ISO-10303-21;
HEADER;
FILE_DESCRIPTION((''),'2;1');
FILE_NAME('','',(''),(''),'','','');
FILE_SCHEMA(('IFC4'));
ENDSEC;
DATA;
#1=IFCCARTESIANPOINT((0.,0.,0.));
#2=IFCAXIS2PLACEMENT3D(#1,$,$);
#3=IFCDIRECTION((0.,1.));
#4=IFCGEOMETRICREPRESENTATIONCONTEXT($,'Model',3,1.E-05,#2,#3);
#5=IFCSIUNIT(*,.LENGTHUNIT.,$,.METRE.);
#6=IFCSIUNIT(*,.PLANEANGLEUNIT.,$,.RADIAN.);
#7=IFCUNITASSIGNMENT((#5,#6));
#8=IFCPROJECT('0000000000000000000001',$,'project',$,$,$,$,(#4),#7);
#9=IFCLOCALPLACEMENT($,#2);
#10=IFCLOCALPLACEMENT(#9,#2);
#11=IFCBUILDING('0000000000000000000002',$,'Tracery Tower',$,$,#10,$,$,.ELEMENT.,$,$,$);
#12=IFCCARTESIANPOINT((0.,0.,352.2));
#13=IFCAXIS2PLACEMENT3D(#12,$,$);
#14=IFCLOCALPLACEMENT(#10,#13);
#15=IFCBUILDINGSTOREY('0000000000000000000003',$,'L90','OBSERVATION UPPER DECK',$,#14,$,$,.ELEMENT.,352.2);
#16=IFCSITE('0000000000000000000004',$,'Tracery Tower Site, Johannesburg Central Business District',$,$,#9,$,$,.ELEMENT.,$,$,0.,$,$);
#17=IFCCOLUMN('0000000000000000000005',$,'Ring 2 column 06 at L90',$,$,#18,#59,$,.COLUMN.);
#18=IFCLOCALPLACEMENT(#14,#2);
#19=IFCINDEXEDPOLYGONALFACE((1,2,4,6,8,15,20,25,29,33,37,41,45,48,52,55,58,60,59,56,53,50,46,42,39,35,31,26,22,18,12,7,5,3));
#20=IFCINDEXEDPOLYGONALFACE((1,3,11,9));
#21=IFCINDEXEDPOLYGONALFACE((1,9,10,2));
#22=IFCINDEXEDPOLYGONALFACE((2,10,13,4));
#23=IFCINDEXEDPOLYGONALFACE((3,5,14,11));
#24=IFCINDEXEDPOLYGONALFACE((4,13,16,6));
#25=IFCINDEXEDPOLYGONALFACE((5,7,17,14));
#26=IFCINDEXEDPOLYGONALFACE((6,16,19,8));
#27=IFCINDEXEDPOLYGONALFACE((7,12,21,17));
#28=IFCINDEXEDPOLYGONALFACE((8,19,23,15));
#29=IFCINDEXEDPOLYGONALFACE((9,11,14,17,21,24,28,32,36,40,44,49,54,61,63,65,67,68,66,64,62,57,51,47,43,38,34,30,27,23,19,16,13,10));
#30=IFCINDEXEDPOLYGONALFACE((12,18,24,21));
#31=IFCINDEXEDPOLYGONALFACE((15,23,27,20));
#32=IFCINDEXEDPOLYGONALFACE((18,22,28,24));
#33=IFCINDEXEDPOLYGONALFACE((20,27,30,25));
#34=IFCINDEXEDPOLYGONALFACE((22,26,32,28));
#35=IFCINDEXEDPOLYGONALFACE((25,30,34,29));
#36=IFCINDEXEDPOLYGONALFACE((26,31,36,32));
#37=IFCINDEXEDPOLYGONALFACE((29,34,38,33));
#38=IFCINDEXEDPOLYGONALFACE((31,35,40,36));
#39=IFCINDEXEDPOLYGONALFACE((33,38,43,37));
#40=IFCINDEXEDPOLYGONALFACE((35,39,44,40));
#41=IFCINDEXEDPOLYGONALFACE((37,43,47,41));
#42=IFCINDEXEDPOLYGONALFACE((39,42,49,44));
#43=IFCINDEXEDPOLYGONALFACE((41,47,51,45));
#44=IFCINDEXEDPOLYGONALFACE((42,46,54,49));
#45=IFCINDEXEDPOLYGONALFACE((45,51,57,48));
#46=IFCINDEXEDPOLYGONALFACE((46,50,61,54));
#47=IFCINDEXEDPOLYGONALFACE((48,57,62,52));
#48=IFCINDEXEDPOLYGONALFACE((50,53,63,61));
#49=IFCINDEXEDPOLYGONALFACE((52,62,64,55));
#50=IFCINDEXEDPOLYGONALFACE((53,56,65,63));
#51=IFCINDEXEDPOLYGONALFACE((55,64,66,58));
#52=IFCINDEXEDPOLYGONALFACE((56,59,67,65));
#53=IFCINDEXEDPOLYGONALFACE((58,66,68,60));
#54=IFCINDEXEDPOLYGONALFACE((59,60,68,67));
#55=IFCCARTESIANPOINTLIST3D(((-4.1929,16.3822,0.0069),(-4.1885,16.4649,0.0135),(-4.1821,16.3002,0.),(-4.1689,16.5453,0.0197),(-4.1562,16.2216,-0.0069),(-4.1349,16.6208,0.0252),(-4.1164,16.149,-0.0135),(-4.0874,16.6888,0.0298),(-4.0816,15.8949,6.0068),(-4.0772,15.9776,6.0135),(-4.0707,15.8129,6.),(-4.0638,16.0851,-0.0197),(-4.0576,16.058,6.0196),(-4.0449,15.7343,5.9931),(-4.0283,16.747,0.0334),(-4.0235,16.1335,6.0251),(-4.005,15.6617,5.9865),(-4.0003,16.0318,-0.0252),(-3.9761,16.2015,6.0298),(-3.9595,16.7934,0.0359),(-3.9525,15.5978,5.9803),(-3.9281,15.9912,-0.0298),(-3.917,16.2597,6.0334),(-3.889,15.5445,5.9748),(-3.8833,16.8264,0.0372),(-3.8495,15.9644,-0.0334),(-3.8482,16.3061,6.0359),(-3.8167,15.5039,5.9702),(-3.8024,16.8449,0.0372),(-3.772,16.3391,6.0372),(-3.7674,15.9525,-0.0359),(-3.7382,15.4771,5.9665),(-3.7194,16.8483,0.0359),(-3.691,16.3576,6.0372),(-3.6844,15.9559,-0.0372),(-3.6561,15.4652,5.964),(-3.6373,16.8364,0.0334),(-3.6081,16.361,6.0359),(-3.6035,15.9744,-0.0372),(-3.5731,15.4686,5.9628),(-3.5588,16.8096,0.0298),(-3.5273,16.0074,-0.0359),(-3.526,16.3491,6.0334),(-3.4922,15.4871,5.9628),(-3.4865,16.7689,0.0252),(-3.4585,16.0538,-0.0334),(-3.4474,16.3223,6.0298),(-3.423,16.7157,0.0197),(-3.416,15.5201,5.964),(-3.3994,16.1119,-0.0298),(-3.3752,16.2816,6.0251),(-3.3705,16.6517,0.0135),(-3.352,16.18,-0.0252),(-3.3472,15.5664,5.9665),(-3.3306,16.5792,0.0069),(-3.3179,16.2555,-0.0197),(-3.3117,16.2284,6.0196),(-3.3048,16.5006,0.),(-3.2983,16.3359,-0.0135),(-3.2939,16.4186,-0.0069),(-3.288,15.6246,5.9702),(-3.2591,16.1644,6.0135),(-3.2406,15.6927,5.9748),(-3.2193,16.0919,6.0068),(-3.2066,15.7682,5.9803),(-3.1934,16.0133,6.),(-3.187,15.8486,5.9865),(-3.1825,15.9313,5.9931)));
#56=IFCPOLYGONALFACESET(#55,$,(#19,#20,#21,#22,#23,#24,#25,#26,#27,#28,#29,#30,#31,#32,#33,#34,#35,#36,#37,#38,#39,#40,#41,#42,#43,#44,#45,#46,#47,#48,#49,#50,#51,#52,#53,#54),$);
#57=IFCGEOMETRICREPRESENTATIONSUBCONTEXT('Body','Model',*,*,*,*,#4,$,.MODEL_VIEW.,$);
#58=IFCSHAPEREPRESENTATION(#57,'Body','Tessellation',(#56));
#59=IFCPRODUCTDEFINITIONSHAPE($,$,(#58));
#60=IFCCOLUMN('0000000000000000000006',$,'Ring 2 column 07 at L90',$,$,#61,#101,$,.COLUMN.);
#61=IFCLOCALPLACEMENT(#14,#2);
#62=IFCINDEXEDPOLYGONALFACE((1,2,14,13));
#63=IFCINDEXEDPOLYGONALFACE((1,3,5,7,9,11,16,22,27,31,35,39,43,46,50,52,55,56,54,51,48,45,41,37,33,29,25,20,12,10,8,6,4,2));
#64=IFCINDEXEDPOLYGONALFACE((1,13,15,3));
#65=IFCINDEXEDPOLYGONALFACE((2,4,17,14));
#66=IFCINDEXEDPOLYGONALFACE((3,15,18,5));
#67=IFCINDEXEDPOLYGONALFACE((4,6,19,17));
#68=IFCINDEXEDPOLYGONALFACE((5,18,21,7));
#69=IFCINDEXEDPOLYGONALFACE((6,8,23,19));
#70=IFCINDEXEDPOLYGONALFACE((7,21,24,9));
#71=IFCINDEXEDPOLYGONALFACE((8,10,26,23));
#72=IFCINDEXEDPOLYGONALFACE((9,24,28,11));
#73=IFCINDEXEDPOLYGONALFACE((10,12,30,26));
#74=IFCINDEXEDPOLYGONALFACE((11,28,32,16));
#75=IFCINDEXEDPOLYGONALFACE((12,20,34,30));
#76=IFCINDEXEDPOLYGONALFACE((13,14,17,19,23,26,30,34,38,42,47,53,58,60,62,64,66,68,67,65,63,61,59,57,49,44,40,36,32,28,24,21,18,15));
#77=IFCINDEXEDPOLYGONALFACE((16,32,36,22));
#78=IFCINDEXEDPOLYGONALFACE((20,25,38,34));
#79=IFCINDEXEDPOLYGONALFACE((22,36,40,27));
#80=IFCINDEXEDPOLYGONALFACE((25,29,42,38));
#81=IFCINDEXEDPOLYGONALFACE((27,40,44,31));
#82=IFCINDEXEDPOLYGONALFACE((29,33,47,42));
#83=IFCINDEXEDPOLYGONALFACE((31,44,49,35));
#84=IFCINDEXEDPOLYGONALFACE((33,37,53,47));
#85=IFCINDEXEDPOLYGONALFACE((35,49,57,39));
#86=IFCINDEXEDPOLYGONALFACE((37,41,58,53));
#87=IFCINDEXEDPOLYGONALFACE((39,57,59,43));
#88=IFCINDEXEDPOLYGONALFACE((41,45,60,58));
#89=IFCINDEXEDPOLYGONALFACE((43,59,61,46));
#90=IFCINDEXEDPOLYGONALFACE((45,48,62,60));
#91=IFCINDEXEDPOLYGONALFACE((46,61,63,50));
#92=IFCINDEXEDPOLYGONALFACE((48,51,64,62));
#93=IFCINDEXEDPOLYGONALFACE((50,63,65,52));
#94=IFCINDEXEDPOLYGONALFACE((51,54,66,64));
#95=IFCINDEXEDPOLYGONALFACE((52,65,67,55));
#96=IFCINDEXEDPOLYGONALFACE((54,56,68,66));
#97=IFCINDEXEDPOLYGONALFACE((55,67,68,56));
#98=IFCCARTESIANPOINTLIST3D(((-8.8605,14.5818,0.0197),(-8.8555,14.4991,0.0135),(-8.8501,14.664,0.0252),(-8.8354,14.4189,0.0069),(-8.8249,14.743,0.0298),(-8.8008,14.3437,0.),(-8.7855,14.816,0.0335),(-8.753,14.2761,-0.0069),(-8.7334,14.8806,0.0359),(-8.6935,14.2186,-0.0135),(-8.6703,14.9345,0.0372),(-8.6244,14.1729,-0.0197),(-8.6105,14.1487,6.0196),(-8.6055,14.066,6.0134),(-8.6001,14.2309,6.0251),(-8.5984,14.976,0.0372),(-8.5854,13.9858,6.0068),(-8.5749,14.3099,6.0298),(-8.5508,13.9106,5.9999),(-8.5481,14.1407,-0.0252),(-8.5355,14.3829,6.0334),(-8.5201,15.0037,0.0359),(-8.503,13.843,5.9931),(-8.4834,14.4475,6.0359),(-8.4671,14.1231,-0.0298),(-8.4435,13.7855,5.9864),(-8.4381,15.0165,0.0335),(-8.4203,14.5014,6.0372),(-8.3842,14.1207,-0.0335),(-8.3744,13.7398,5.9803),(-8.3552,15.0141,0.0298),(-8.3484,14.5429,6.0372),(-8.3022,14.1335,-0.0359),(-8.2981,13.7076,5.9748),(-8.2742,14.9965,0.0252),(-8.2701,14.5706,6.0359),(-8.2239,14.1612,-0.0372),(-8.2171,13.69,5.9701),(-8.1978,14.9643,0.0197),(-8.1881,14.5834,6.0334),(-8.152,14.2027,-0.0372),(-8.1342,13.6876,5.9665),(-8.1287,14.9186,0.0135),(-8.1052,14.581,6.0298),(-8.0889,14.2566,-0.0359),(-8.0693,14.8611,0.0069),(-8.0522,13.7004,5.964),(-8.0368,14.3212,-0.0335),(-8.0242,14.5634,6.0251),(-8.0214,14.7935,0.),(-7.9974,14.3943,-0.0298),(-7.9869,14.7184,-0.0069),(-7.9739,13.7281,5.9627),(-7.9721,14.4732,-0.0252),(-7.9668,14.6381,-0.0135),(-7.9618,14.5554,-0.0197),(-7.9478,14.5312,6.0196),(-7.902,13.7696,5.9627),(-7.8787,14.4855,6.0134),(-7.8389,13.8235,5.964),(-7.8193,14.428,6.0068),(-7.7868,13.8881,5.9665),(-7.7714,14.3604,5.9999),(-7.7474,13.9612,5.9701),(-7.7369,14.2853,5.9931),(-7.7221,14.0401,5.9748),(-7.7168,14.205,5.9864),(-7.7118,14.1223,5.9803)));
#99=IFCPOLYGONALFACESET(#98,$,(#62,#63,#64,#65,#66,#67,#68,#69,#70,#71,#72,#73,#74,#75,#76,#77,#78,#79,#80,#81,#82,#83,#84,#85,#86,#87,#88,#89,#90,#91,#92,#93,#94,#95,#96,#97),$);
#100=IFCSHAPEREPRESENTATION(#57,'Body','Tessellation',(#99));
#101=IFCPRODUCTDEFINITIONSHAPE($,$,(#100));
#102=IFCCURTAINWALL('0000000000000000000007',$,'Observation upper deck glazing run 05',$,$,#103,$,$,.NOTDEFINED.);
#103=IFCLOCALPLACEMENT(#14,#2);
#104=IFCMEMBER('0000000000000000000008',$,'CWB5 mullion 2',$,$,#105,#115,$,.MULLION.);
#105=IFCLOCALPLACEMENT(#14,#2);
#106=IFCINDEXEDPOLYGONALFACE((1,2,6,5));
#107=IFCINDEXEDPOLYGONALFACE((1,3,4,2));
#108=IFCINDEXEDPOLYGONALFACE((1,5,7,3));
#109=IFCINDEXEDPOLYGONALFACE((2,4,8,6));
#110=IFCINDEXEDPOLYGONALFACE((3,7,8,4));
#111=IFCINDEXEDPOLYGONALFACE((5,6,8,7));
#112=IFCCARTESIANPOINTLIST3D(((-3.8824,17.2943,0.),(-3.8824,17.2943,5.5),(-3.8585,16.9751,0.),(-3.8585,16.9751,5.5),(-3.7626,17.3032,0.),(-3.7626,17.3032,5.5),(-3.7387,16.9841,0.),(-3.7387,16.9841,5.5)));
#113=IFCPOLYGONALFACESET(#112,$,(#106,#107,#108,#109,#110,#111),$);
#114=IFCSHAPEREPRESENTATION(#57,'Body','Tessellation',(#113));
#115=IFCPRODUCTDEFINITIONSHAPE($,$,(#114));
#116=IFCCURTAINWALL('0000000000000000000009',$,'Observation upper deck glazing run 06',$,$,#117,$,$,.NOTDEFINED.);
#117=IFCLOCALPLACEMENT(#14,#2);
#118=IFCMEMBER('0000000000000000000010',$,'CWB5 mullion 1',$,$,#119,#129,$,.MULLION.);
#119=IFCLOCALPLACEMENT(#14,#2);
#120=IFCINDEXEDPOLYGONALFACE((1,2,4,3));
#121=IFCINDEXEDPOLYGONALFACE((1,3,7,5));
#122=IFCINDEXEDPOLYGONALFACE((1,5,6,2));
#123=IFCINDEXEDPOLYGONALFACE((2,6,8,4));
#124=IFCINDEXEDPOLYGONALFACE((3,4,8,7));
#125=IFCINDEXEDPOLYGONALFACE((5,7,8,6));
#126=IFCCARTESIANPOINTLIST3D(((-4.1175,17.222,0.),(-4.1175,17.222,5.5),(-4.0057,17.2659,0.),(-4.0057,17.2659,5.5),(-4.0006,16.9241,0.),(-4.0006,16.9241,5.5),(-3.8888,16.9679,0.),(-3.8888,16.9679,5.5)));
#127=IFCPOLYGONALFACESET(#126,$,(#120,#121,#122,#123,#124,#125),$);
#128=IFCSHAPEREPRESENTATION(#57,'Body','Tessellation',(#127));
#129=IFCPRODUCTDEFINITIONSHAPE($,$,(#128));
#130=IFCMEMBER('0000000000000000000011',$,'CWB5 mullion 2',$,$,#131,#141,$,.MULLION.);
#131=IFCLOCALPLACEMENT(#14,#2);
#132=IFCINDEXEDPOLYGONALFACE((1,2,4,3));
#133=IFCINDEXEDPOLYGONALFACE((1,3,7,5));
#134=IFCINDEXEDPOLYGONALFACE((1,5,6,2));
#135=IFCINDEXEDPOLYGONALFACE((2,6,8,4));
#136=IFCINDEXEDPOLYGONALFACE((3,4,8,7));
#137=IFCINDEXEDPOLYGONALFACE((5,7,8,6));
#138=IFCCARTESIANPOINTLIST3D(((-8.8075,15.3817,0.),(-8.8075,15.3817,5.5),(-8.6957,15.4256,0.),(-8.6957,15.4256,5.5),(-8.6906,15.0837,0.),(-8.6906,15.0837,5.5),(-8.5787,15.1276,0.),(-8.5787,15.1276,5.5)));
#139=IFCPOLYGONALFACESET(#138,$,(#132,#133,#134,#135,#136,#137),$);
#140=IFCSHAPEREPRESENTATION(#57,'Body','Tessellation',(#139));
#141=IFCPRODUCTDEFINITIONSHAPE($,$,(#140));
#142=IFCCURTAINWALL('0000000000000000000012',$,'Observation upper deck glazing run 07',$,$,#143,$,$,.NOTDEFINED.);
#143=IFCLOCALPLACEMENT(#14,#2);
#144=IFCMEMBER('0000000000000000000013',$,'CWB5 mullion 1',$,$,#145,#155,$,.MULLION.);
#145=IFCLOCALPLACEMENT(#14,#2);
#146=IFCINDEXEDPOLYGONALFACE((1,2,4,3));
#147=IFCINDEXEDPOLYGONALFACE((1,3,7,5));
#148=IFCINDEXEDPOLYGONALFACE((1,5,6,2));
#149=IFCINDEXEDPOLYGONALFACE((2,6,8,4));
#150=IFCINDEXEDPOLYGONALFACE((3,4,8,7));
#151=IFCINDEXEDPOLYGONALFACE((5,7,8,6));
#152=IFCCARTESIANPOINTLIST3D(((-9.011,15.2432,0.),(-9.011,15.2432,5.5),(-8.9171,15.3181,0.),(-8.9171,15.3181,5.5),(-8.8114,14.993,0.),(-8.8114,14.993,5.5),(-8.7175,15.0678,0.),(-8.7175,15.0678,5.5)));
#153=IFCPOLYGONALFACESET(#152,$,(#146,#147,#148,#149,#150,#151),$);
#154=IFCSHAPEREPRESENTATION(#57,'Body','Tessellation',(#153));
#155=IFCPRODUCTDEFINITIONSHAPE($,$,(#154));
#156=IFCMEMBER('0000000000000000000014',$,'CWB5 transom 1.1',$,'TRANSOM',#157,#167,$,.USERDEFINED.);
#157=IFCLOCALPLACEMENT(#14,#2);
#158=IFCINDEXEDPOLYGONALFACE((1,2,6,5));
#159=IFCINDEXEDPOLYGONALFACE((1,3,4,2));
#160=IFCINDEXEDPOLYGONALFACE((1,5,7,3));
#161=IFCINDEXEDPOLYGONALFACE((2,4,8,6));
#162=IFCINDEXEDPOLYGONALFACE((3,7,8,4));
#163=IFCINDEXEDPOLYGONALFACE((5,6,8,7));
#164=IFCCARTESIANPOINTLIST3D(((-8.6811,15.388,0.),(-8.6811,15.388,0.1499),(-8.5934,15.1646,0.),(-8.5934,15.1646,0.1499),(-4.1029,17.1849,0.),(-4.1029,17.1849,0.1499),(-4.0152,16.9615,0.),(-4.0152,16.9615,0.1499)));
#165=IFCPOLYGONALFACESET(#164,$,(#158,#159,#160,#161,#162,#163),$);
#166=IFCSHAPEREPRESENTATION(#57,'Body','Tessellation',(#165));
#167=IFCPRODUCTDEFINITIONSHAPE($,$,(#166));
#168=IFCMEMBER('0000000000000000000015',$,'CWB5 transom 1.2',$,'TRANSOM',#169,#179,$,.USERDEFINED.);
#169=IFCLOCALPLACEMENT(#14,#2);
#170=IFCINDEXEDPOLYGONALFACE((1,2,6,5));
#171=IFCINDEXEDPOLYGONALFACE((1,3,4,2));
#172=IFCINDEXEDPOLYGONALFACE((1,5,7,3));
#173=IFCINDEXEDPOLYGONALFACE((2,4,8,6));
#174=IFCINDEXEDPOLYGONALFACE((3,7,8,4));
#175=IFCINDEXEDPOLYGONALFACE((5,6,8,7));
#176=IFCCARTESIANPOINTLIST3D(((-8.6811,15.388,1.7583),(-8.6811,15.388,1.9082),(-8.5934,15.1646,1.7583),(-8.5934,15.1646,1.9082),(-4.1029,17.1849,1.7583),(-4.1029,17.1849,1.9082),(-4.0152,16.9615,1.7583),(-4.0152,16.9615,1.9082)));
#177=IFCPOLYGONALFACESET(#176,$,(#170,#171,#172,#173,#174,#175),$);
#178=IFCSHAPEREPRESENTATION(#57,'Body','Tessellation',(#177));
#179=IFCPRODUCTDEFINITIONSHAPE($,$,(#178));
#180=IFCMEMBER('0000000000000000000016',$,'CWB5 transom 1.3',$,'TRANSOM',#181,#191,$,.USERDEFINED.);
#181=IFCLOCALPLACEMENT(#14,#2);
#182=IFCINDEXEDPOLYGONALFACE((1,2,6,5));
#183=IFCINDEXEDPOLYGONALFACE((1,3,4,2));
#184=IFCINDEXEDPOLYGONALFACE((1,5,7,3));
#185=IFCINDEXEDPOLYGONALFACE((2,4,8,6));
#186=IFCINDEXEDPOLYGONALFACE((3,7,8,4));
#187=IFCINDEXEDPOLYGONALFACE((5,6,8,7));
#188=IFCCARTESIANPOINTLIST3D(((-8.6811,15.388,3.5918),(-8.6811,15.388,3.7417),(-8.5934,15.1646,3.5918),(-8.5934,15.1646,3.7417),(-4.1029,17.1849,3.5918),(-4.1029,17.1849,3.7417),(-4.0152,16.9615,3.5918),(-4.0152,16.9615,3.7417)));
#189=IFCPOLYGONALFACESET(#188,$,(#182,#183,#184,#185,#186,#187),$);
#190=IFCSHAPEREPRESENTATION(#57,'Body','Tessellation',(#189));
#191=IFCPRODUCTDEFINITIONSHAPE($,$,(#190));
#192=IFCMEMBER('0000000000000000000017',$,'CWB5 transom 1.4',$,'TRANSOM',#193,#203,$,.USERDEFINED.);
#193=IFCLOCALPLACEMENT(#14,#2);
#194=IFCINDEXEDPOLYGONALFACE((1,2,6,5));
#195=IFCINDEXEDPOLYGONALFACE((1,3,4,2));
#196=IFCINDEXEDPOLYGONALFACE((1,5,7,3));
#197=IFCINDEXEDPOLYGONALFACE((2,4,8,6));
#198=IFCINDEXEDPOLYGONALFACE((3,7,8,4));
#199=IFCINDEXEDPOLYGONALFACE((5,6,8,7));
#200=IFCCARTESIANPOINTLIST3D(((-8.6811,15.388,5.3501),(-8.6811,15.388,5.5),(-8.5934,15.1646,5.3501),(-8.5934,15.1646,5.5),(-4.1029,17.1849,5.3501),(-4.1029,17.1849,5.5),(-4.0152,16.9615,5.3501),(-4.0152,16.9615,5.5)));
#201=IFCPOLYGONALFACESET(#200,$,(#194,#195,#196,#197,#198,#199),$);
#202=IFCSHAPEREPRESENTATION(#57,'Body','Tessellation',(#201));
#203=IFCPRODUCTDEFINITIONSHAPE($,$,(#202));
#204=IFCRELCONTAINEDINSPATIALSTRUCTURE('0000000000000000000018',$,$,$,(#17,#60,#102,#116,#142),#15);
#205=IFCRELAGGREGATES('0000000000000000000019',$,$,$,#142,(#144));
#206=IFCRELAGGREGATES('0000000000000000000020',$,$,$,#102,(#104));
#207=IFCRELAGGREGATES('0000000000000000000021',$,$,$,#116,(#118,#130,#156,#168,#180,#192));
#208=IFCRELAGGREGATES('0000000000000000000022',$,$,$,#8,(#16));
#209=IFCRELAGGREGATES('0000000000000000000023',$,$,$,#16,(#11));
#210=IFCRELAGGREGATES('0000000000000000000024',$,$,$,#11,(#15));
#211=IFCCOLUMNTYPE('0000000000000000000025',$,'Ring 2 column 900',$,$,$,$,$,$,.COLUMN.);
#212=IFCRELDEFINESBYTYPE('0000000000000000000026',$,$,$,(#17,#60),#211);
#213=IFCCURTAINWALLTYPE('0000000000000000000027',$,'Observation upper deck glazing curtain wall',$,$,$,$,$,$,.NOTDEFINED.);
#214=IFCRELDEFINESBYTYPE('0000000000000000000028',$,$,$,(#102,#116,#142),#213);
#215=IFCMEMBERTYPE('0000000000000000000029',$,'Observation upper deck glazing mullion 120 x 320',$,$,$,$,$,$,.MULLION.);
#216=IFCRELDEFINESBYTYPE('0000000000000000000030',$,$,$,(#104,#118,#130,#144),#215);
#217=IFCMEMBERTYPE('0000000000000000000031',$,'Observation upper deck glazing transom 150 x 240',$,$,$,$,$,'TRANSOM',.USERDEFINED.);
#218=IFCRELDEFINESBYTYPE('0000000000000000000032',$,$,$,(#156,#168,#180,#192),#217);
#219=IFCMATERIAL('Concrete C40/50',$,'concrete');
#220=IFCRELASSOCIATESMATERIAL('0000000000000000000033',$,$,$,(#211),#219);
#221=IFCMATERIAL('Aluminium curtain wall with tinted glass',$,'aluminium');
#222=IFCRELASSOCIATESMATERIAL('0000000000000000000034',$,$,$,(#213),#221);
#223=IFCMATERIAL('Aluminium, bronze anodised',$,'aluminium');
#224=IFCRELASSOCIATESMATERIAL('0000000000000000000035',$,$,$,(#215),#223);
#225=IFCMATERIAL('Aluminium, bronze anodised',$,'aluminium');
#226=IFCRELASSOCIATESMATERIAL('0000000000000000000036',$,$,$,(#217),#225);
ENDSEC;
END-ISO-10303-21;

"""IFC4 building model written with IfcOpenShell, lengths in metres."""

from ifc_helpers import new_model, si_unit, direction, frame, origin, origin_2d, place, context, subcontext, project, spatial, rectangle, circle, extrude, material, material_profile, profile_set, type_object, element, aggregate, save


model = new_model("IFC4")

# Units and contexts
model_context = context("Model", 3, precision=1e-05, world=origin(), true_north=direction((0.0, 1.0)))
body_context = subcontext(model_context, "Body", "Model", "MODEL_VIEW")
ifc_project = project(units=[si_unit("LENGTHUNIT", "METRE"), si_unit("PLANEANGLEUNIT", "RADIAN")], contexts=[model_context])

# Site, building, storey
site_placement = place(None, origin())
site = spatial("IfcSite", under=ifc_project, at=site_placement, Name="Tracery Tower Site, Johannesburg Central Business District", CompositionType="ELEMENT", RefElevation=0.0)
building_placement = place(site_placement, origin())
building = spatial("IfcBuilding", under=site, at=building_placement, Name="Tracery Tower", CompositionType="ELEMENT")
storey_placement = place(building_placement, frame((0.0, 0.0, 352.2)))
storey = spatial("IfcBuildingStorey", under=building, at=storey_placement, Name="L90", Description="OBSERVATION UPPER DECK", CompositionType="ELEMENT", Elevation=352.2)

# Columns
ifc_material_1 = material(Name="Concrete C40/50", Category="concrete")
ifc_material_profile_1 = material_profile(ifc_material_1, circle(Radius=0.45, at=origin_2d()), Name="RC D900")
ifc_profile_set_1 = profile_set([ifc_material_profile_1], Name="Concrete C40/50")
column_type = type_object("IfcColumnType", Name="Ring 2 column 900", PredefinedType="COLUMN", material=ifc_profile_set_1)
for number, where, z_axis, x_axis, name in (
    (1, (-3.7434, 16.4004, 0.0), (0.018491, -0.080937, 0.996548), (0.974883, 0.222719, 0.0), "Ring 2 column 06 at L90"),
    (2, (-8.4111, 14.5686, 0.0), (0.041523, -0.071935, 0.996545), (0.866072, 0.49992, 0.0), "Ring 2 column 07 at L90"),
):
    element("IfcColumn", number, at=place(storey_placement, frame(where, z_axis=z_axis, x_axis=x_axis)), inside=storey, type_object=column_type, Name=name, PredefinedType="COLUMN", context=body_context, shape_type="SweptSolid", body=[
        extrude(circle(Radius=0.45, at=origin_2d()), origin(), (0.0, 0.0, 1.0), 6.0208),
    ])

# Curtain wall, member
ifc_material_2 = material(Name="Aluminium curtain wall with tinted glass", Category="aluminium")
curtain_wall_type = type_object("IfcCurtainWallType", Name="Observation upper deck glazing curtain wall", PredefinedType="NOTDEFINED", material=ifc_material_2)
curtain_wall_1_placement = place(storey_placement, origin())
curtain_wall_1 = element("IfcCurtainWall", 3, at=curtain_wall_1_placement, inside=storey, type_object=curtain_wall_type, Name="Observation upper deck glazing run 05", PredefinedType="NOTDEFINED")
ifc_material_3 = material(Name="Aluminium, bronze anodised", Category="aluminium")
ifc_material_profile_2 = material_profile(ifc_material_3, rectangle(XDim=0.3201, YDim=0.1201, at=origin_2d()), Name="Observation upper deck glazing mullion 120 x 320")
ifc_profile_set_2 = profile_set([ifc_material_profile_2], Name="Aluminium, bronze anodised")
member_type_1 = type_object("IfcMemberType", Name="Observation upper deck glazing mullion 120 x 320", PredefinedType="MULLION", material=ifc_profile_set_2)
member_1_placement = place(storey_placement, frame((-3.8105, 17.1392, 0.0), z_axis=(0.0, 0.0, 1.0), x_axis=(0.074738, -0.997203, 0.0)))
member_1 = element("IfcMember", 4, at=member_1_placement, type_object=member_type_1, Name="CWB5 mullion 2", PredefinedType="MULLION", context=body_context, shape_type="SweptSolid", body=[
    extrude(rectangle(XDim=0.3201, YDim=0.1201, at=origin_2d()), origin(), (0.0, 0.0, 1.0), 5.5),
])

# Curtain wall, members
curtain_wall_2_placement = place(storey_placement, origin())
curtain_wall_2 = element("IfcCurtainWall", 5, at=curtain_wall_2_placement, inside=storey, type_object=curtain_wall_type, Name="Observation upper deck glazing run 06", PredefinedType="NOTDEFINED")
member_2_placement = place(storey_placement, frame((-4.0032, 17.095, 0.0), z_axis=(0.0, 0.0, 1.0), x_axis=(0.365333, -0.930877, 0.0)))
member_2 = element("IfcMember", 6, at=member_2_placement, type_object=member_type_1, Name="CWB5 mullion 1", PredefinedType="MULLION", context=body_context, shape_type="SweptSolid", body=[
    extrude(rectangle(XDim=0.3201, YDim=0.1201, at=origin_2d()), origin(), (0.0, 0.0, 1.0), 5.5),
])
member_3_placement = place(storey_placement, frame((-8.6931, 15.2546, 0.0), z_axis=(0.0, 0.0, 1.0), x_axis=(0.365333, -0.930877, 0.0)))
member_3 = element("IfcMember", 7, at=member_3_placement, type_object=member_type_1, Name="CWB5 mullion 2", PredefinedType="MULLION", context=body_context, shape_type="SweptSolid", body=[
    extrude(rectangle(XDim=0.3201, YDim=0.1201, at=origin_2d()), origin(), (0.0, 0.0, 1.0), 5.5),
])

# Curtain wall, member
curtain_wall_3_placement = place(storey_placement, origin())
curtain_wall_3 = element("IfcCurtainWall", 8, at=curtain_wall_3_placement, inside=storey, type_object=curtain_wall_type, Name="Observation upper deck glazing run 07", PredefinedType="NOTDEFINED")
member_4_placement = place(storey_placement, frame((-8.8643, 15.1555, 0.0), z_axis=(0.0, 0.0, 1.0), x_axis=(0.623481, -0.781838, 0.0)))
member_4 = element("IfcMember", 9, at=member_4_placement, type_object=member_type_1, Name="CWB5 mullion 1", PredefinedType="MULLION", context=body_context, shape_type="SweptSolid", body=[
    extrude(rectangle(XDim=0.3201, YDim=0.1201, at=origin_2d()), origin(), (0.0, 0.0, 1.0), 5.5),
])

# Members
ifc_material_4 = material(Name="Aluminium, bronze anodised", Category="aluminium")
ifc_material_profile_3 = material_profile(ifc_material_4, rectangle(XDim=0.24, YDim=0.1499, at=origin_2d()), Name="Observation upper deck glazing transom 150 x 240")
ifc_profile_set_3 = profile_set([ifc_material_profile_3], Name="Aluminium, bronze anodised")
member_type_2 = type_object("IfcMemberType", Name="Observation upper deck glazing transom 150 x 240", ElementType="TRANSOM", PredefinedType="USERDEFINED", material=ifc_profile_set_3)
member_5_placement = place(storey_placement, frame((-4.0591, 17.0732, 0.075), z_axis=(-0.930867, -0.365357, 0.0), x_axis=(0.365357, -0.930867, 0.0)))
member_5 = element("IfcMember", 10, at=member_5_placement, type_object=member_type_2, Name="CWB5 transom 1.1", ObjectType="TRANSOM", PredefinedType="USERDEFINED", context=body_context, shape_type="SweptSolid", body=[
    extrude(rectangle(XDim=0.24, YDim=0.1499, at=origin_2d()), origin(), (0.0, 0.0, 1.0), 4.9182),
])
member_6_placement = place(storey_placement, frame((-4.0591, 17.0732, 1.8333), z_axis=(-0.930867, -0.365357, 0.0), x_axis=(0.365357, -0.930867, 0.0)))
member_6 = element("IfcMember", 11, at=member_6_placement, type_object=member_type_2, Name="CWB5 transom 1.2", ObjectType="TRANSOM", PredefinedType="USERDEFINED", context=body_context, shape_type="SweptSolid", body=[
    extrude(rectangle(XDim=0.24, YDim=0.1499, at=origin_2d()), origin(), (0.0, 0.0, 1.0), 4.9182),
])
member_7_placement = place(storey_placement, frame((-4.0591, 17.0732, 3.6667), z_axis=(-0.930867, -0.365357, 0.0), x_axis=(0.365357, -0.930867, 0.0)))
member_7 = element("IfcMember", 12, at=member_7_placement, type_object=member_type_2, Name="CWB5 transom 1.3", ObjectType="TRANSOM", PredefinedType="USERDEFINED", context=body_context, shape_type="SweptSolid", body=[
    extrude(rectangle(XDim=0.24, YDim=0.1499, at=origin_2d()), origin(), (0.0, 0.0, 1.0), 4.9182),
])
member_8_placement = place(storey_placement, frame((-4.0591, 17.0732, 5.425), z_axis=(-0.930867, -0.365357, 0.0), x_axis=(0.365357, -0.930867, 0.0)))
member_8 = element("IfcMember", 13, at=member_8_placement, type_object=member_type_2, Name="CWB5 transom 1.4", ObjectType="TRANSOM", PredefinedType="USERDEFINED", context=body_context, shape_type="SweptSolid", body=[
    extrude(rectangle(XDim=0.24, YDim=0.1499, at=origin_2d()), origin(), (0.0, 0.0, 1.0), 4.9182),
])
aggregate(curtain_wall_3, [member_4])

aggregate(curtain_wall_1, [member_1])
aggregate(curtain_wall_2, [member_2, member_3, member_5, member_6, member_7, member_8])

save(model, "model.ifc")
